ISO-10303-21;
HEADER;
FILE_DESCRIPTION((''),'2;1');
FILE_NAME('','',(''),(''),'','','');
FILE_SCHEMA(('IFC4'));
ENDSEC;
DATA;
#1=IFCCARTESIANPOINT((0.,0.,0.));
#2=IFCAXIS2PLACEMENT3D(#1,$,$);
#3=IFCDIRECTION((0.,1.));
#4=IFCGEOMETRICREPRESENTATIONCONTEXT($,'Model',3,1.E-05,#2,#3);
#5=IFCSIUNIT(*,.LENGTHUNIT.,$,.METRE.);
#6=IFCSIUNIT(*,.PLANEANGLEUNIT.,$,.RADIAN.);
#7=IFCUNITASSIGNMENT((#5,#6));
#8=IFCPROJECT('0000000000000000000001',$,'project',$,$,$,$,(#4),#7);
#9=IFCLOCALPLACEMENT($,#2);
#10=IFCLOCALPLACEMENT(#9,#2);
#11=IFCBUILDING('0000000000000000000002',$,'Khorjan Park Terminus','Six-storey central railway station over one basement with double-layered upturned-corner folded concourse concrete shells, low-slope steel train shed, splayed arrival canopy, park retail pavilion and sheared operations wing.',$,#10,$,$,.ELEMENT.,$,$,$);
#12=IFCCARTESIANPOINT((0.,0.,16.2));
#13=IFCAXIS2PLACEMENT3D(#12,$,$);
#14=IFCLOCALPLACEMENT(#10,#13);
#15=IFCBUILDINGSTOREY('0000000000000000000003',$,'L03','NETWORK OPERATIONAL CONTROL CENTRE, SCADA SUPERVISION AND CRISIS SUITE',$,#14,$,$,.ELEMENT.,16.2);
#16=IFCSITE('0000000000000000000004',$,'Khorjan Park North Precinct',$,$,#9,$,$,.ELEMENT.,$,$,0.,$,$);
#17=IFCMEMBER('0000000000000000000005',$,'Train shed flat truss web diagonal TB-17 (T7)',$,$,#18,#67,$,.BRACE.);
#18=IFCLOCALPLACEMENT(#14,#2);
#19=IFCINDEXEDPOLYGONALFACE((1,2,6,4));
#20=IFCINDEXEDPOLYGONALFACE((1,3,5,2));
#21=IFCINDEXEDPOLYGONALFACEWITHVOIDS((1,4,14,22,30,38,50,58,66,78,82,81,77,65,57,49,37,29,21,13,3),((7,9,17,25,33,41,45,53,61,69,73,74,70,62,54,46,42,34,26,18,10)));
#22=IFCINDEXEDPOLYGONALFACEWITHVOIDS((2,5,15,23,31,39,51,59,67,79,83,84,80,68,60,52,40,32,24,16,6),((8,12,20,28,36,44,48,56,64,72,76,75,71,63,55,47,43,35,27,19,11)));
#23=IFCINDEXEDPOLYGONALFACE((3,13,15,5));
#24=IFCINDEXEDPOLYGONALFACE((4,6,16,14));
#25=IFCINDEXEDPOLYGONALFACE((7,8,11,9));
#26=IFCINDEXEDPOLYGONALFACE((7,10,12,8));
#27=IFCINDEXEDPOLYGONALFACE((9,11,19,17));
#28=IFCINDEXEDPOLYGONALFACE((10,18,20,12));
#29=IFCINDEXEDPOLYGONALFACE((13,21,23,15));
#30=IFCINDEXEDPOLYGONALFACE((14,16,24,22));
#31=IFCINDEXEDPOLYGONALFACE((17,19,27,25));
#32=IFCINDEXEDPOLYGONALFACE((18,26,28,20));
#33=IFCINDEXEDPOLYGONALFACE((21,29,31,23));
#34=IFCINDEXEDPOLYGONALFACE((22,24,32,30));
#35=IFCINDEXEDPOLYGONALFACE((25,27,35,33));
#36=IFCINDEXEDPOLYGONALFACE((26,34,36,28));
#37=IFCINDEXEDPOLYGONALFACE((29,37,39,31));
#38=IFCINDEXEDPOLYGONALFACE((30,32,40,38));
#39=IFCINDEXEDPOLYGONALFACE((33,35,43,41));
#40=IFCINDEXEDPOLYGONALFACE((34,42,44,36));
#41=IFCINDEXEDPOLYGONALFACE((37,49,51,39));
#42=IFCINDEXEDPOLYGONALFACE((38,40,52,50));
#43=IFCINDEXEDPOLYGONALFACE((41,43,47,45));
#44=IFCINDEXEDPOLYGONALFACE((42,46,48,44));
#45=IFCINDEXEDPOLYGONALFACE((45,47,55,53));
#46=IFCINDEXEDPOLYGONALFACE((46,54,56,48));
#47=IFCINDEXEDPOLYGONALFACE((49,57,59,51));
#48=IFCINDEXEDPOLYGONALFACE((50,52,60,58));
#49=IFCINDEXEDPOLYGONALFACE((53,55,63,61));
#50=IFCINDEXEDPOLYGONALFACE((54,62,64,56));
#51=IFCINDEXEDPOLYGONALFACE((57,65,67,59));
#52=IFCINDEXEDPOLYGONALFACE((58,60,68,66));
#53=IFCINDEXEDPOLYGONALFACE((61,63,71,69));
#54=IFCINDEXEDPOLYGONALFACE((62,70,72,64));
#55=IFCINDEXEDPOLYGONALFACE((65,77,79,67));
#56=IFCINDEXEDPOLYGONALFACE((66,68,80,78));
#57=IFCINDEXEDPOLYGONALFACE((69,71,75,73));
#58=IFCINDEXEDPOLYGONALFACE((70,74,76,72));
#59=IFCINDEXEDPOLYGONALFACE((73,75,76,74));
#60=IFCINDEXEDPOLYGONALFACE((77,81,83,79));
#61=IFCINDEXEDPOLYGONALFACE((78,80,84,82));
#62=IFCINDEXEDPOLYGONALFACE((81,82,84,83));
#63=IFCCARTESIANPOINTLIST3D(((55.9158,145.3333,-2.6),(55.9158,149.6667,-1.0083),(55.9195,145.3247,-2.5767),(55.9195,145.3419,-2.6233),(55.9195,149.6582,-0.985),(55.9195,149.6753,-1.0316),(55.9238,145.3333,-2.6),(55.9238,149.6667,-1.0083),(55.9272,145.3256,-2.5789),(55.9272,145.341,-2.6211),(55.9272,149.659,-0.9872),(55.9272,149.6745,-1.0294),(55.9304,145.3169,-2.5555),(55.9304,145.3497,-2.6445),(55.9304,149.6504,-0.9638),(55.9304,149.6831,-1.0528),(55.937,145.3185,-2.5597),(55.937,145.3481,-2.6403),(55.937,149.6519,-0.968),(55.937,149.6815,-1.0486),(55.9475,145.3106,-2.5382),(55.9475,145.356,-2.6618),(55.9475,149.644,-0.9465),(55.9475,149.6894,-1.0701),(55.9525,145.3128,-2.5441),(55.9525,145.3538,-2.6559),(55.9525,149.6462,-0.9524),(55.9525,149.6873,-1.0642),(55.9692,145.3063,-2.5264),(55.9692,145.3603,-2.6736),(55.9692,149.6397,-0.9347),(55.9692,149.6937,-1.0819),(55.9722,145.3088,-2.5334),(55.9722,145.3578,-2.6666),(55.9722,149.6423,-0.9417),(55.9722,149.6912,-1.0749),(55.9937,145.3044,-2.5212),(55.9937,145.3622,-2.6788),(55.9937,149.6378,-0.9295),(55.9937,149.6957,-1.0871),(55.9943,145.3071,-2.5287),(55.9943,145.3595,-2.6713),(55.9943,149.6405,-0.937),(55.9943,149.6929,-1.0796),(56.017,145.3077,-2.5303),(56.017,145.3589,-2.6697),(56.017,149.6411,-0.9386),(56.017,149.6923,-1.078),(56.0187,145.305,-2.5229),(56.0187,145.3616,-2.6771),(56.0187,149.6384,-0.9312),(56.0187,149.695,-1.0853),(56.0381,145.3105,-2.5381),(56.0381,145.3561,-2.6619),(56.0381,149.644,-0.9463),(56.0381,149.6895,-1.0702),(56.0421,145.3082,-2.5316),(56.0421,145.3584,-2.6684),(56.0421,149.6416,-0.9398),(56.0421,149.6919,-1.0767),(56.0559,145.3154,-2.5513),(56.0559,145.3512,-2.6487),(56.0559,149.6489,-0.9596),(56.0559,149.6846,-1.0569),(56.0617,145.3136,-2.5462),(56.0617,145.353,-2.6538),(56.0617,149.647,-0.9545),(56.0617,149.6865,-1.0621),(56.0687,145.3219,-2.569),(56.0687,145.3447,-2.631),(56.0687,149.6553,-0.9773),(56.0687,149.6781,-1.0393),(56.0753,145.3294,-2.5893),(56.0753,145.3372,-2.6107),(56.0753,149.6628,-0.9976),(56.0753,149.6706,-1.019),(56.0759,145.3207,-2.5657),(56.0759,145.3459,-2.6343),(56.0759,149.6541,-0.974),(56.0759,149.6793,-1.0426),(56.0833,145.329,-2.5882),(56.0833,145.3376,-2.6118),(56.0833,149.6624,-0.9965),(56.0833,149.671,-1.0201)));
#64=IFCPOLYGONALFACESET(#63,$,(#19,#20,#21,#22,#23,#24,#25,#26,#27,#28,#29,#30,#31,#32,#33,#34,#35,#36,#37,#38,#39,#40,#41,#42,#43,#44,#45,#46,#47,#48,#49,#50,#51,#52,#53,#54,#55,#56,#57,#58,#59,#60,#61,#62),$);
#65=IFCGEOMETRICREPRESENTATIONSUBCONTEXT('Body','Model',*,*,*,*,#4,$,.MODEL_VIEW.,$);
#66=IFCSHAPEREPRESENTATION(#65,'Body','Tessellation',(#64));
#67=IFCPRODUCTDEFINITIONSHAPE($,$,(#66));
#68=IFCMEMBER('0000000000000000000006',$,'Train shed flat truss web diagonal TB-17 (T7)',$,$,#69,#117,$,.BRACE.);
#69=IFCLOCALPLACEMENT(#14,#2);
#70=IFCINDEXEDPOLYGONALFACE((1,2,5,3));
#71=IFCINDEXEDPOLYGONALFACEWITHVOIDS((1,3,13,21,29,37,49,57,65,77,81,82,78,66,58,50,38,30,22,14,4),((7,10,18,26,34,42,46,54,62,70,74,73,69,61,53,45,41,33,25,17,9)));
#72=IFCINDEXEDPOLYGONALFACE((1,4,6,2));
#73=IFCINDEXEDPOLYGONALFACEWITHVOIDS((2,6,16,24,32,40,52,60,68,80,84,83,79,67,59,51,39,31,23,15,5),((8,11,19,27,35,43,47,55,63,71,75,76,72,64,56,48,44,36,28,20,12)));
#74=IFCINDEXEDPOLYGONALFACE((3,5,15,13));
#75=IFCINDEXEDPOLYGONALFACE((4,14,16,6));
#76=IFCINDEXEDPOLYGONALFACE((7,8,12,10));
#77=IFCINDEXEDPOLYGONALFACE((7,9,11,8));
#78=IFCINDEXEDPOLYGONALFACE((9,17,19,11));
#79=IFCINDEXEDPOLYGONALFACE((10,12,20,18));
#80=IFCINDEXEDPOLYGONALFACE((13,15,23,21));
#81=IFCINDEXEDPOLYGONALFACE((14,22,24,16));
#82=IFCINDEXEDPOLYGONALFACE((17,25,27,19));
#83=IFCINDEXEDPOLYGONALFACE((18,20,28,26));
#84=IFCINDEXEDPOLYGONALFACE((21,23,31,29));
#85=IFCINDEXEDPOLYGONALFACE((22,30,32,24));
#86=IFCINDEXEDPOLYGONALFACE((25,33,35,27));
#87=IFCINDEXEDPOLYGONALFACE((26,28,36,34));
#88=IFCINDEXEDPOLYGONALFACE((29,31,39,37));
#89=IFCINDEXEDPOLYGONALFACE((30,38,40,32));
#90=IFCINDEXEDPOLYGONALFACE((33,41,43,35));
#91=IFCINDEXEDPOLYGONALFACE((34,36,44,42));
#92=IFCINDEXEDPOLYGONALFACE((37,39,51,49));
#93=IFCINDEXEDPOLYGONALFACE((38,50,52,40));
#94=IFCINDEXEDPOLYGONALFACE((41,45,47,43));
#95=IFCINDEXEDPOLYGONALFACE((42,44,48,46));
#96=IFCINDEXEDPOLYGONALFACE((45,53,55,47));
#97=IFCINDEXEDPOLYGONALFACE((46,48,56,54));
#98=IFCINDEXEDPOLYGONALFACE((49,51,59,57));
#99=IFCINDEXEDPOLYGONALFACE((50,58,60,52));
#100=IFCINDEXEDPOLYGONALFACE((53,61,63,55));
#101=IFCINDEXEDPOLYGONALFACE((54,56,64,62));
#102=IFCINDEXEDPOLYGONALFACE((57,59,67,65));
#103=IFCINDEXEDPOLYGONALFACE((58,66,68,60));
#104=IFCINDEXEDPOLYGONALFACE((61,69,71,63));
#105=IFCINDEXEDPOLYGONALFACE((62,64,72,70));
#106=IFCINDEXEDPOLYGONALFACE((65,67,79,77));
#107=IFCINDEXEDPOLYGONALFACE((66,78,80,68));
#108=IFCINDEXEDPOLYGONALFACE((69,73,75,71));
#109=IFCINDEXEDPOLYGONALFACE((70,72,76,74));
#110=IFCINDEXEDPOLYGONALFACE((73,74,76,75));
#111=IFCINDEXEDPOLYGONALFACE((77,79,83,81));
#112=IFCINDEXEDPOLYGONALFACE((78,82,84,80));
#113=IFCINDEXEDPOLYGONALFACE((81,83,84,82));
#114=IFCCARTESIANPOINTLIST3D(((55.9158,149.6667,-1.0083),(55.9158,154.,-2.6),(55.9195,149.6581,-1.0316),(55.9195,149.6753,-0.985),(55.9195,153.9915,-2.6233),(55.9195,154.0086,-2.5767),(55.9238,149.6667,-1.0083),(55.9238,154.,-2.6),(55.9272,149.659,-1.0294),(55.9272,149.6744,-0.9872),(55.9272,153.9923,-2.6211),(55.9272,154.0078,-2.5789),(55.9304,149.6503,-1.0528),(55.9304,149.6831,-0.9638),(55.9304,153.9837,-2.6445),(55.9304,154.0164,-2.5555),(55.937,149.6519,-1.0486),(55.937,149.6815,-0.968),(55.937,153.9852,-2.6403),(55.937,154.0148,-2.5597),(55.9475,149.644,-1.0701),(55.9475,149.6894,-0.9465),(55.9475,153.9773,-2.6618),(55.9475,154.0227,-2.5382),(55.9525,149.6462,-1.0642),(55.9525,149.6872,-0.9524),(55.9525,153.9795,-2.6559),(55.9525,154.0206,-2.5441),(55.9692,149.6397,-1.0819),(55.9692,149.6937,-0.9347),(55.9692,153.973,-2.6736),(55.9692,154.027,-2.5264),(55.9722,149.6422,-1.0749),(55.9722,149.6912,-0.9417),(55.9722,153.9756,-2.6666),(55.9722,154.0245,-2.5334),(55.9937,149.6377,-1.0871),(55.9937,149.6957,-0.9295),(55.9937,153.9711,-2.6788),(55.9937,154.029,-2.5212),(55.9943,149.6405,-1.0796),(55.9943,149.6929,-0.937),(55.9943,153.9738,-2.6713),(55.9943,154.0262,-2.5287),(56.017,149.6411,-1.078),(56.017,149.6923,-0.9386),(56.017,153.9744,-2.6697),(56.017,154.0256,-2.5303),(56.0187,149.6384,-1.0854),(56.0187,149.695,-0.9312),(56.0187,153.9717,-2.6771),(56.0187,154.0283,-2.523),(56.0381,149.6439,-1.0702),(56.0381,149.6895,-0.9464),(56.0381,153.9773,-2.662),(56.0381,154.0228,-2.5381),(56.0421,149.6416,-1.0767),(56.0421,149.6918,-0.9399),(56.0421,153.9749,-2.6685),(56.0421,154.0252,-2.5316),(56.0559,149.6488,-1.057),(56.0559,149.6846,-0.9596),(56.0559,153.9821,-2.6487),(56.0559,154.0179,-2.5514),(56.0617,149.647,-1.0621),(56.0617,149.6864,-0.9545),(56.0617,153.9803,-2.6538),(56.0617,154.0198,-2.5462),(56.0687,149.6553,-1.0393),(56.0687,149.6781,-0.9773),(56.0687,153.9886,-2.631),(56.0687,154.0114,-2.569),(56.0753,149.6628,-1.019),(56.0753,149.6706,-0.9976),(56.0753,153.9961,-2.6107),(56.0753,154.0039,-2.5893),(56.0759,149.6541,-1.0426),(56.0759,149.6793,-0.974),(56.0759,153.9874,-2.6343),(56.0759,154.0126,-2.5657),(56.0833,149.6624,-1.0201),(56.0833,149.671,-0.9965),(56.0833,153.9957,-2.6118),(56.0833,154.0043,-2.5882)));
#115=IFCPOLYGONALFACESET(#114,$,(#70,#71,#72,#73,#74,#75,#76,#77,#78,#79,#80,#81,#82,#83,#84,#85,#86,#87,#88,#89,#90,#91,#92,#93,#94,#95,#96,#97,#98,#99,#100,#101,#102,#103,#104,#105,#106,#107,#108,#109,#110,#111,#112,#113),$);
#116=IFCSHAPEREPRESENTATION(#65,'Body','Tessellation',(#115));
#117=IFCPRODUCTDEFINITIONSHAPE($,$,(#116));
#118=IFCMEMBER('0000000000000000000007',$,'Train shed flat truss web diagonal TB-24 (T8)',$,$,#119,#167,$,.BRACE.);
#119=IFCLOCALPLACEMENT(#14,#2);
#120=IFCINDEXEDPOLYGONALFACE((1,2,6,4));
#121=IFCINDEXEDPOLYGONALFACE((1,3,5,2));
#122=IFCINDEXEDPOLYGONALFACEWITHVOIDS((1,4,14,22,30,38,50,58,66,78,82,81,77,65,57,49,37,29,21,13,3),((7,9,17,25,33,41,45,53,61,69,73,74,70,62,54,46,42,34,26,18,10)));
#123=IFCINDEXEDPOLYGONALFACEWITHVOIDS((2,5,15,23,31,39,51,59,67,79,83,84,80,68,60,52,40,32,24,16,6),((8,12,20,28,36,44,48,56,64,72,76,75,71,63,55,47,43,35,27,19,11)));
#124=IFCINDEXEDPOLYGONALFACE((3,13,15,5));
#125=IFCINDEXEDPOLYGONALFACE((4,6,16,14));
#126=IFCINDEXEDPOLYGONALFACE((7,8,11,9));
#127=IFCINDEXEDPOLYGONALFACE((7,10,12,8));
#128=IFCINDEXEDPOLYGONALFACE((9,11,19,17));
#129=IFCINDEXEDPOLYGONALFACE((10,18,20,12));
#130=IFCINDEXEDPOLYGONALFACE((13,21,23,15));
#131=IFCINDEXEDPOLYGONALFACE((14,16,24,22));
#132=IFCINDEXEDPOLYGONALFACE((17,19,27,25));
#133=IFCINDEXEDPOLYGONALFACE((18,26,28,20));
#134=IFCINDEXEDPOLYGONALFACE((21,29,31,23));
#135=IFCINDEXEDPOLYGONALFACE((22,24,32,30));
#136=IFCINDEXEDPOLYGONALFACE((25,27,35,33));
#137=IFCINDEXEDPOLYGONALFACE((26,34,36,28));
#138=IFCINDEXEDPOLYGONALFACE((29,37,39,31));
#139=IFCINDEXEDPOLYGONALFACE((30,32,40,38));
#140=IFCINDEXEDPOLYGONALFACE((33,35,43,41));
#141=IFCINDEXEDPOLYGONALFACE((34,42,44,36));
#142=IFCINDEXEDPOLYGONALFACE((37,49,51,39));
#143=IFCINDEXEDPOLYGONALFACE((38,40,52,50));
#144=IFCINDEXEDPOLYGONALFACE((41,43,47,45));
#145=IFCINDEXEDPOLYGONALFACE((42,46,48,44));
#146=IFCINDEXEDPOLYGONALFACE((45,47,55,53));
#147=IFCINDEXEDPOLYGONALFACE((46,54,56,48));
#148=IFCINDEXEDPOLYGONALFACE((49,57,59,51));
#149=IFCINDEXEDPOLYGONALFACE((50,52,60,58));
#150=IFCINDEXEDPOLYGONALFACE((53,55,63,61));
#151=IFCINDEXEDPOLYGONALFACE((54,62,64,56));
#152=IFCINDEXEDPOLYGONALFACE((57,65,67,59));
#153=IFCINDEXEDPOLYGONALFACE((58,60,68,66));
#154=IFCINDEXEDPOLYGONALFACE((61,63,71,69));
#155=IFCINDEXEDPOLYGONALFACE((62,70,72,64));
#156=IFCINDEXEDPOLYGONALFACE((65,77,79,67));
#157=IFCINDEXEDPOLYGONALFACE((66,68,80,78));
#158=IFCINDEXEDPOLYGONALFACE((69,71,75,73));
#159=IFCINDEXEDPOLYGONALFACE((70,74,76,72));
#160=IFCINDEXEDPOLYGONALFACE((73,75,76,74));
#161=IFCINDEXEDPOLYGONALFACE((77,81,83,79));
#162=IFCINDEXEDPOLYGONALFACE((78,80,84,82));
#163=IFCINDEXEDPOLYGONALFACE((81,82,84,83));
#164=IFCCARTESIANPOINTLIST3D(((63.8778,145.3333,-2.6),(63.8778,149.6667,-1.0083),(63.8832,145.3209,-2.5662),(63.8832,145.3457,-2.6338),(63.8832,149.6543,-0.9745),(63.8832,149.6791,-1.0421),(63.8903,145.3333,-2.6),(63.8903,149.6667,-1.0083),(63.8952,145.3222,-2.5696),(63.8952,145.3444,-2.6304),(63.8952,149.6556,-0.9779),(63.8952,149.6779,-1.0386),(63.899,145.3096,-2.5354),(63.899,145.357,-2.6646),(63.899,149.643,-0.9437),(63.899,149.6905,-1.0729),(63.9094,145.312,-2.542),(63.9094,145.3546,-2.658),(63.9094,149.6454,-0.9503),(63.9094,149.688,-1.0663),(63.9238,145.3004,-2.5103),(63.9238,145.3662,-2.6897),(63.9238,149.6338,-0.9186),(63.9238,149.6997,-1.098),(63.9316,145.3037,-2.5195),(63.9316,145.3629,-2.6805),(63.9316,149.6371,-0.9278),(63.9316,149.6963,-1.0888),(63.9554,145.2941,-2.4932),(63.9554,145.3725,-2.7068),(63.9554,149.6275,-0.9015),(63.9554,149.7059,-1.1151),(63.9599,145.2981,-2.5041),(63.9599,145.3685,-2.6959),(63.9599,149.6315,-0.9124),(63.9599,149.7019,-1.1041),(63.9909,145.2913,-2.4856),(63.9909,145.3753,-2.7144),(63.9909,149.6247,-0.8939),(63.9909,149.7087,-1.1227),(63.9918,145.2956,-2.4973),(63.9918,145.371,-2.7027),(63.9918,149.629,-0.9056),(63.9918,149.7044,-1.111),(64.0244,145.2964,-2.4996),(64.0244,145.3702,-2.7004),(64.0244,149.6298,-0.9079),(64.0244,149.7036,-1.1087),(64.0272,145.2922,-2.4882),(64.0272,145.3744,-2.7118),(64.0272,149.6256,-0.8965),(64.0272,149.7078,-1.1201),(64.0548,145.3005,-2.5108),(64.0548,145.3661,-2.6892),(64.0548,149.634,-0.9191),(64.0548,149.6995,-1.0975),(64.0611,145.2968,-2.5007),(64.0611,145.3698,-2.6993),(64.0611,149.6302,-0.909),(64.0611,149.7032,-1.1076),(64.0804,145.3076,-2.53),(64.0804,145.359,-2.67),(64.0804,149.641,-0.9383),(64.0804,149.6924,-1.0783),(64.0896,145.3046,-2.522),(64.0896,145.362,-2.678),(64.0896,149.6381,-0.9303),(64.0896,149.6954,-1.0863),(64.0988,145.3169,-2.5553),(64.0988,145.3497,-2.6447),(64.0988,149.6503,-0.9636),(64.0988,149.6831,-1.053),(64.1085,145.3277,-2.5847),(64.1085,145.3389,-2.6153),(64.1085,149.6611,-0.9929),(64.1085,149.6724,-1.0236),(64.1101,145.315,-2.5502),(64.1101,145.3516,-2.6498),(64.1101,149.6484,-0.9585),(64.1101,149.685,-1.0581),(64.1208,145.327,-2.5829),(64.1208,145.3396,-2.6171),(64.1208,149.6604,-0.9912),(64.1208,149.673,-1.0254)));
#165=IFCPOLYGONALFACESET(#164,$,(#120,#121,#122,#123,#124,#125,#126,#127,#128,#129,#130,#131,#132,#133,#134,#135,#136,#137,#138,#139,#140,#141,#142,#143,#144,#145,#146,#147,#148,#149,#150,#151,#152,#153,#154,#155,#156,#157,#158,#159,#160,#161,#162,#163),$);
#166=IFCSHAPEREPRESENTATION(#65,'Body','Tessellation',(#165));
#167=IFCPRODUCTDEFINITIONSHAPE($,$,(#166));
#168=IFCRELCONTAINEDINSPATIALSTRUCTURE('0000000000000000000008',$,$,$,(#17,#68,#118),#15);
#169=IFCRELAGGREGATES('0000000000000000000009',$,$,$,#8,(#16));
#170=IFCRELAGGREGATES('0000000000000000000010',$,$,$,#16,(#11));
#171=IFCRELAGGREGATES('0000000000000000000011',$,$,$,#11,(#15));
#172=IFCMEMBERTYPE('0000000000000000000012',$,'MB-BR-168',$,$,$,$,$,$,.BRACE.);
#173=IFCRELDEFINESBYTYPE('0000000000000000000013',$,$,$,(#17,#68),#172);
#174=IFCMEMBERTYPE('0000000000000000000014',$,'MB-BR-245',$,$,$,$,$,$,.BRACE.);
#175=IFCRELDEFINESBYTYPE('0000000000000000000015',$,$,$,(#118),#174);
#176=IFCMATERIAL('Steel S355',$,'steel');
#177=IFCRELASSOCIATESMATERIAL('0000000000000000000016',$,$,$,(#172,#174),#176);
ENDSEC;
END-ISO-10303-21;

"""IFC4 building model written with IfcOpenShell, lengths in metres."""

from ifc_helpers import new_model, si_unit, direction, frame, origin, origin_2d, place, context, subcontext, project, spatial, hollow_circle, extrude, material, material_profile, profile_set, type_object, element, save


model = new_model("IFC4")

# Units and contexts
model_context = context("Model", 3, precision=1e-05, world=origin(), true_north=direction((0.0, 1.0)))
body_context = subcontext(model_context, "Body", "Model", "MODEL_VIEW")
ifc_project = project(units=[si_unit("LENGTHUNIT", "METRE"), si_unit("PLANEANGLEUNIT", "RADIAN")], contexts=[model_context])

# Site, building, storey
site_placement = place(None, origin())
site = spatial("IfcSite", under=ifc_project, at=site_placement, Name="Khorjan Park North Precinct", CompositionType="ELEMENT", RefElevation=0.0)
building_placement = place(site_placement, origin())
building = spatial("IfcBuilding", under=site, at=building_placement, Name="Khorjan Park Terminus", Description="Six-storey central railway station over one basement with double-layered upturned-corner folded concourse concrete shells, low-slope steel train shed, splayed arrival canopy, park retail pavilion and sheared operations wing.", CompositionType="ELEMENT")
storey_placement = place(building_placement, frame((0.0, 0.0, 16.2)))
storey = spatial("IfcBuildingStorey", under=building, at=storey_placement, Name="L03", Description="NETWORK OPERATIONAL CONTROL CENTRE, SCADA SUPERVISION AND CRISIS SUITE", CompositionType="ELEMENT", Elevation=16.2)

# Members
ifc_material = material(Name="Steel S355", Category="steel")
ifc_material_profile_1 = material_profile(ifc_material, hollow_circle(Radius=0.0842, WallThickness=0.008, at=origin_2d()), Name="CHS 168.3x8")
ifc_profile_set_1 = profile_set([ifc_material_profile_1], Name="Steel S355")
member_type_1 = type_object("IfcMemberType", Name="MB-BR-168", PredefinedType="BRACE", material=ifc_profile_set_1)
member_1_placement = place(storey_placement, frame((56.0, 145.3333, -2.6), z_axis=(0.0, 0.938681, 0.344787), x_axis=(-1.0, 0.0, 0.0)))
element("IfcMember", 1, at=member_1_placement, inside=storey, type_object=member_type_1, Name="Train shed flat truss web diagonal TB-17 (T7)", PredefinedType="BRACE", context=body_context, shape_type="SweptSolid", body=[
    extrude(hollow_circle(Radius=0.0842, WallThickness=0.008, at=origin_2d()), origin(), (0.0, 0.0, 1.0), 4.6165),
])
member_2_placement = place(storey_placement, frame((56.0, 149.6667, -1.0083), z_axis=(0.0, 0.938678, -0.344794), x_axis=(-1.0, 0.0, 0.0)))
element("IfcMember", 2, at=member_2_placement, inside=storey, type_object=member_type_1, Name="Train shed flat truss web diagonal TB-17 (T7)", PredefinedType="BRACE", context=body_context, shape_type="SweptSolid", body=[
    extrude(hollow_circle(Radius=0.0842, WallThickness=0.008, at=origin_2d()), origin(), (0.0, 0.0, 1.0), 4.6164),
])
ifc_material_profile_2 = material_profile(ifc_material, hollow_circle(Radius=0.1222, WallThickness=0.0125, at=origin_2d()), Name="CHS 244.5x12.5")
ifc_profile_set_2 = profile_set([ifc_material_profile_2], Name="Steel S355")
member_type_2 = type_object("IfcMemberType", Name="MB-BR-245", PredefinedType="BRACE", material=ifc_profile_set_2)
member_3_placement = place(storey_placement, frame((64.0, 145.3333, -2.6), z_axis=(0.0, 0.938681, 0.344787), x_axis=(-1.0, 0.0, 0.0)))
element("IfcMember", 3, at=member_3_placement, inside=storey, type_object=member_type_2, Name="Train shed flat truss web diagonal TB-24 (T8)", PredefinedType="BRACE", context=body_context, shape_type="SweptSolid", body=[
    extrude(hollow_circle(Radius=0.1222, WallThickness=0.0125, at=origin_2d()), origin(), (0.0, 0.0, 1.0), 4.6165),
])

save(model, "model.ifc")
